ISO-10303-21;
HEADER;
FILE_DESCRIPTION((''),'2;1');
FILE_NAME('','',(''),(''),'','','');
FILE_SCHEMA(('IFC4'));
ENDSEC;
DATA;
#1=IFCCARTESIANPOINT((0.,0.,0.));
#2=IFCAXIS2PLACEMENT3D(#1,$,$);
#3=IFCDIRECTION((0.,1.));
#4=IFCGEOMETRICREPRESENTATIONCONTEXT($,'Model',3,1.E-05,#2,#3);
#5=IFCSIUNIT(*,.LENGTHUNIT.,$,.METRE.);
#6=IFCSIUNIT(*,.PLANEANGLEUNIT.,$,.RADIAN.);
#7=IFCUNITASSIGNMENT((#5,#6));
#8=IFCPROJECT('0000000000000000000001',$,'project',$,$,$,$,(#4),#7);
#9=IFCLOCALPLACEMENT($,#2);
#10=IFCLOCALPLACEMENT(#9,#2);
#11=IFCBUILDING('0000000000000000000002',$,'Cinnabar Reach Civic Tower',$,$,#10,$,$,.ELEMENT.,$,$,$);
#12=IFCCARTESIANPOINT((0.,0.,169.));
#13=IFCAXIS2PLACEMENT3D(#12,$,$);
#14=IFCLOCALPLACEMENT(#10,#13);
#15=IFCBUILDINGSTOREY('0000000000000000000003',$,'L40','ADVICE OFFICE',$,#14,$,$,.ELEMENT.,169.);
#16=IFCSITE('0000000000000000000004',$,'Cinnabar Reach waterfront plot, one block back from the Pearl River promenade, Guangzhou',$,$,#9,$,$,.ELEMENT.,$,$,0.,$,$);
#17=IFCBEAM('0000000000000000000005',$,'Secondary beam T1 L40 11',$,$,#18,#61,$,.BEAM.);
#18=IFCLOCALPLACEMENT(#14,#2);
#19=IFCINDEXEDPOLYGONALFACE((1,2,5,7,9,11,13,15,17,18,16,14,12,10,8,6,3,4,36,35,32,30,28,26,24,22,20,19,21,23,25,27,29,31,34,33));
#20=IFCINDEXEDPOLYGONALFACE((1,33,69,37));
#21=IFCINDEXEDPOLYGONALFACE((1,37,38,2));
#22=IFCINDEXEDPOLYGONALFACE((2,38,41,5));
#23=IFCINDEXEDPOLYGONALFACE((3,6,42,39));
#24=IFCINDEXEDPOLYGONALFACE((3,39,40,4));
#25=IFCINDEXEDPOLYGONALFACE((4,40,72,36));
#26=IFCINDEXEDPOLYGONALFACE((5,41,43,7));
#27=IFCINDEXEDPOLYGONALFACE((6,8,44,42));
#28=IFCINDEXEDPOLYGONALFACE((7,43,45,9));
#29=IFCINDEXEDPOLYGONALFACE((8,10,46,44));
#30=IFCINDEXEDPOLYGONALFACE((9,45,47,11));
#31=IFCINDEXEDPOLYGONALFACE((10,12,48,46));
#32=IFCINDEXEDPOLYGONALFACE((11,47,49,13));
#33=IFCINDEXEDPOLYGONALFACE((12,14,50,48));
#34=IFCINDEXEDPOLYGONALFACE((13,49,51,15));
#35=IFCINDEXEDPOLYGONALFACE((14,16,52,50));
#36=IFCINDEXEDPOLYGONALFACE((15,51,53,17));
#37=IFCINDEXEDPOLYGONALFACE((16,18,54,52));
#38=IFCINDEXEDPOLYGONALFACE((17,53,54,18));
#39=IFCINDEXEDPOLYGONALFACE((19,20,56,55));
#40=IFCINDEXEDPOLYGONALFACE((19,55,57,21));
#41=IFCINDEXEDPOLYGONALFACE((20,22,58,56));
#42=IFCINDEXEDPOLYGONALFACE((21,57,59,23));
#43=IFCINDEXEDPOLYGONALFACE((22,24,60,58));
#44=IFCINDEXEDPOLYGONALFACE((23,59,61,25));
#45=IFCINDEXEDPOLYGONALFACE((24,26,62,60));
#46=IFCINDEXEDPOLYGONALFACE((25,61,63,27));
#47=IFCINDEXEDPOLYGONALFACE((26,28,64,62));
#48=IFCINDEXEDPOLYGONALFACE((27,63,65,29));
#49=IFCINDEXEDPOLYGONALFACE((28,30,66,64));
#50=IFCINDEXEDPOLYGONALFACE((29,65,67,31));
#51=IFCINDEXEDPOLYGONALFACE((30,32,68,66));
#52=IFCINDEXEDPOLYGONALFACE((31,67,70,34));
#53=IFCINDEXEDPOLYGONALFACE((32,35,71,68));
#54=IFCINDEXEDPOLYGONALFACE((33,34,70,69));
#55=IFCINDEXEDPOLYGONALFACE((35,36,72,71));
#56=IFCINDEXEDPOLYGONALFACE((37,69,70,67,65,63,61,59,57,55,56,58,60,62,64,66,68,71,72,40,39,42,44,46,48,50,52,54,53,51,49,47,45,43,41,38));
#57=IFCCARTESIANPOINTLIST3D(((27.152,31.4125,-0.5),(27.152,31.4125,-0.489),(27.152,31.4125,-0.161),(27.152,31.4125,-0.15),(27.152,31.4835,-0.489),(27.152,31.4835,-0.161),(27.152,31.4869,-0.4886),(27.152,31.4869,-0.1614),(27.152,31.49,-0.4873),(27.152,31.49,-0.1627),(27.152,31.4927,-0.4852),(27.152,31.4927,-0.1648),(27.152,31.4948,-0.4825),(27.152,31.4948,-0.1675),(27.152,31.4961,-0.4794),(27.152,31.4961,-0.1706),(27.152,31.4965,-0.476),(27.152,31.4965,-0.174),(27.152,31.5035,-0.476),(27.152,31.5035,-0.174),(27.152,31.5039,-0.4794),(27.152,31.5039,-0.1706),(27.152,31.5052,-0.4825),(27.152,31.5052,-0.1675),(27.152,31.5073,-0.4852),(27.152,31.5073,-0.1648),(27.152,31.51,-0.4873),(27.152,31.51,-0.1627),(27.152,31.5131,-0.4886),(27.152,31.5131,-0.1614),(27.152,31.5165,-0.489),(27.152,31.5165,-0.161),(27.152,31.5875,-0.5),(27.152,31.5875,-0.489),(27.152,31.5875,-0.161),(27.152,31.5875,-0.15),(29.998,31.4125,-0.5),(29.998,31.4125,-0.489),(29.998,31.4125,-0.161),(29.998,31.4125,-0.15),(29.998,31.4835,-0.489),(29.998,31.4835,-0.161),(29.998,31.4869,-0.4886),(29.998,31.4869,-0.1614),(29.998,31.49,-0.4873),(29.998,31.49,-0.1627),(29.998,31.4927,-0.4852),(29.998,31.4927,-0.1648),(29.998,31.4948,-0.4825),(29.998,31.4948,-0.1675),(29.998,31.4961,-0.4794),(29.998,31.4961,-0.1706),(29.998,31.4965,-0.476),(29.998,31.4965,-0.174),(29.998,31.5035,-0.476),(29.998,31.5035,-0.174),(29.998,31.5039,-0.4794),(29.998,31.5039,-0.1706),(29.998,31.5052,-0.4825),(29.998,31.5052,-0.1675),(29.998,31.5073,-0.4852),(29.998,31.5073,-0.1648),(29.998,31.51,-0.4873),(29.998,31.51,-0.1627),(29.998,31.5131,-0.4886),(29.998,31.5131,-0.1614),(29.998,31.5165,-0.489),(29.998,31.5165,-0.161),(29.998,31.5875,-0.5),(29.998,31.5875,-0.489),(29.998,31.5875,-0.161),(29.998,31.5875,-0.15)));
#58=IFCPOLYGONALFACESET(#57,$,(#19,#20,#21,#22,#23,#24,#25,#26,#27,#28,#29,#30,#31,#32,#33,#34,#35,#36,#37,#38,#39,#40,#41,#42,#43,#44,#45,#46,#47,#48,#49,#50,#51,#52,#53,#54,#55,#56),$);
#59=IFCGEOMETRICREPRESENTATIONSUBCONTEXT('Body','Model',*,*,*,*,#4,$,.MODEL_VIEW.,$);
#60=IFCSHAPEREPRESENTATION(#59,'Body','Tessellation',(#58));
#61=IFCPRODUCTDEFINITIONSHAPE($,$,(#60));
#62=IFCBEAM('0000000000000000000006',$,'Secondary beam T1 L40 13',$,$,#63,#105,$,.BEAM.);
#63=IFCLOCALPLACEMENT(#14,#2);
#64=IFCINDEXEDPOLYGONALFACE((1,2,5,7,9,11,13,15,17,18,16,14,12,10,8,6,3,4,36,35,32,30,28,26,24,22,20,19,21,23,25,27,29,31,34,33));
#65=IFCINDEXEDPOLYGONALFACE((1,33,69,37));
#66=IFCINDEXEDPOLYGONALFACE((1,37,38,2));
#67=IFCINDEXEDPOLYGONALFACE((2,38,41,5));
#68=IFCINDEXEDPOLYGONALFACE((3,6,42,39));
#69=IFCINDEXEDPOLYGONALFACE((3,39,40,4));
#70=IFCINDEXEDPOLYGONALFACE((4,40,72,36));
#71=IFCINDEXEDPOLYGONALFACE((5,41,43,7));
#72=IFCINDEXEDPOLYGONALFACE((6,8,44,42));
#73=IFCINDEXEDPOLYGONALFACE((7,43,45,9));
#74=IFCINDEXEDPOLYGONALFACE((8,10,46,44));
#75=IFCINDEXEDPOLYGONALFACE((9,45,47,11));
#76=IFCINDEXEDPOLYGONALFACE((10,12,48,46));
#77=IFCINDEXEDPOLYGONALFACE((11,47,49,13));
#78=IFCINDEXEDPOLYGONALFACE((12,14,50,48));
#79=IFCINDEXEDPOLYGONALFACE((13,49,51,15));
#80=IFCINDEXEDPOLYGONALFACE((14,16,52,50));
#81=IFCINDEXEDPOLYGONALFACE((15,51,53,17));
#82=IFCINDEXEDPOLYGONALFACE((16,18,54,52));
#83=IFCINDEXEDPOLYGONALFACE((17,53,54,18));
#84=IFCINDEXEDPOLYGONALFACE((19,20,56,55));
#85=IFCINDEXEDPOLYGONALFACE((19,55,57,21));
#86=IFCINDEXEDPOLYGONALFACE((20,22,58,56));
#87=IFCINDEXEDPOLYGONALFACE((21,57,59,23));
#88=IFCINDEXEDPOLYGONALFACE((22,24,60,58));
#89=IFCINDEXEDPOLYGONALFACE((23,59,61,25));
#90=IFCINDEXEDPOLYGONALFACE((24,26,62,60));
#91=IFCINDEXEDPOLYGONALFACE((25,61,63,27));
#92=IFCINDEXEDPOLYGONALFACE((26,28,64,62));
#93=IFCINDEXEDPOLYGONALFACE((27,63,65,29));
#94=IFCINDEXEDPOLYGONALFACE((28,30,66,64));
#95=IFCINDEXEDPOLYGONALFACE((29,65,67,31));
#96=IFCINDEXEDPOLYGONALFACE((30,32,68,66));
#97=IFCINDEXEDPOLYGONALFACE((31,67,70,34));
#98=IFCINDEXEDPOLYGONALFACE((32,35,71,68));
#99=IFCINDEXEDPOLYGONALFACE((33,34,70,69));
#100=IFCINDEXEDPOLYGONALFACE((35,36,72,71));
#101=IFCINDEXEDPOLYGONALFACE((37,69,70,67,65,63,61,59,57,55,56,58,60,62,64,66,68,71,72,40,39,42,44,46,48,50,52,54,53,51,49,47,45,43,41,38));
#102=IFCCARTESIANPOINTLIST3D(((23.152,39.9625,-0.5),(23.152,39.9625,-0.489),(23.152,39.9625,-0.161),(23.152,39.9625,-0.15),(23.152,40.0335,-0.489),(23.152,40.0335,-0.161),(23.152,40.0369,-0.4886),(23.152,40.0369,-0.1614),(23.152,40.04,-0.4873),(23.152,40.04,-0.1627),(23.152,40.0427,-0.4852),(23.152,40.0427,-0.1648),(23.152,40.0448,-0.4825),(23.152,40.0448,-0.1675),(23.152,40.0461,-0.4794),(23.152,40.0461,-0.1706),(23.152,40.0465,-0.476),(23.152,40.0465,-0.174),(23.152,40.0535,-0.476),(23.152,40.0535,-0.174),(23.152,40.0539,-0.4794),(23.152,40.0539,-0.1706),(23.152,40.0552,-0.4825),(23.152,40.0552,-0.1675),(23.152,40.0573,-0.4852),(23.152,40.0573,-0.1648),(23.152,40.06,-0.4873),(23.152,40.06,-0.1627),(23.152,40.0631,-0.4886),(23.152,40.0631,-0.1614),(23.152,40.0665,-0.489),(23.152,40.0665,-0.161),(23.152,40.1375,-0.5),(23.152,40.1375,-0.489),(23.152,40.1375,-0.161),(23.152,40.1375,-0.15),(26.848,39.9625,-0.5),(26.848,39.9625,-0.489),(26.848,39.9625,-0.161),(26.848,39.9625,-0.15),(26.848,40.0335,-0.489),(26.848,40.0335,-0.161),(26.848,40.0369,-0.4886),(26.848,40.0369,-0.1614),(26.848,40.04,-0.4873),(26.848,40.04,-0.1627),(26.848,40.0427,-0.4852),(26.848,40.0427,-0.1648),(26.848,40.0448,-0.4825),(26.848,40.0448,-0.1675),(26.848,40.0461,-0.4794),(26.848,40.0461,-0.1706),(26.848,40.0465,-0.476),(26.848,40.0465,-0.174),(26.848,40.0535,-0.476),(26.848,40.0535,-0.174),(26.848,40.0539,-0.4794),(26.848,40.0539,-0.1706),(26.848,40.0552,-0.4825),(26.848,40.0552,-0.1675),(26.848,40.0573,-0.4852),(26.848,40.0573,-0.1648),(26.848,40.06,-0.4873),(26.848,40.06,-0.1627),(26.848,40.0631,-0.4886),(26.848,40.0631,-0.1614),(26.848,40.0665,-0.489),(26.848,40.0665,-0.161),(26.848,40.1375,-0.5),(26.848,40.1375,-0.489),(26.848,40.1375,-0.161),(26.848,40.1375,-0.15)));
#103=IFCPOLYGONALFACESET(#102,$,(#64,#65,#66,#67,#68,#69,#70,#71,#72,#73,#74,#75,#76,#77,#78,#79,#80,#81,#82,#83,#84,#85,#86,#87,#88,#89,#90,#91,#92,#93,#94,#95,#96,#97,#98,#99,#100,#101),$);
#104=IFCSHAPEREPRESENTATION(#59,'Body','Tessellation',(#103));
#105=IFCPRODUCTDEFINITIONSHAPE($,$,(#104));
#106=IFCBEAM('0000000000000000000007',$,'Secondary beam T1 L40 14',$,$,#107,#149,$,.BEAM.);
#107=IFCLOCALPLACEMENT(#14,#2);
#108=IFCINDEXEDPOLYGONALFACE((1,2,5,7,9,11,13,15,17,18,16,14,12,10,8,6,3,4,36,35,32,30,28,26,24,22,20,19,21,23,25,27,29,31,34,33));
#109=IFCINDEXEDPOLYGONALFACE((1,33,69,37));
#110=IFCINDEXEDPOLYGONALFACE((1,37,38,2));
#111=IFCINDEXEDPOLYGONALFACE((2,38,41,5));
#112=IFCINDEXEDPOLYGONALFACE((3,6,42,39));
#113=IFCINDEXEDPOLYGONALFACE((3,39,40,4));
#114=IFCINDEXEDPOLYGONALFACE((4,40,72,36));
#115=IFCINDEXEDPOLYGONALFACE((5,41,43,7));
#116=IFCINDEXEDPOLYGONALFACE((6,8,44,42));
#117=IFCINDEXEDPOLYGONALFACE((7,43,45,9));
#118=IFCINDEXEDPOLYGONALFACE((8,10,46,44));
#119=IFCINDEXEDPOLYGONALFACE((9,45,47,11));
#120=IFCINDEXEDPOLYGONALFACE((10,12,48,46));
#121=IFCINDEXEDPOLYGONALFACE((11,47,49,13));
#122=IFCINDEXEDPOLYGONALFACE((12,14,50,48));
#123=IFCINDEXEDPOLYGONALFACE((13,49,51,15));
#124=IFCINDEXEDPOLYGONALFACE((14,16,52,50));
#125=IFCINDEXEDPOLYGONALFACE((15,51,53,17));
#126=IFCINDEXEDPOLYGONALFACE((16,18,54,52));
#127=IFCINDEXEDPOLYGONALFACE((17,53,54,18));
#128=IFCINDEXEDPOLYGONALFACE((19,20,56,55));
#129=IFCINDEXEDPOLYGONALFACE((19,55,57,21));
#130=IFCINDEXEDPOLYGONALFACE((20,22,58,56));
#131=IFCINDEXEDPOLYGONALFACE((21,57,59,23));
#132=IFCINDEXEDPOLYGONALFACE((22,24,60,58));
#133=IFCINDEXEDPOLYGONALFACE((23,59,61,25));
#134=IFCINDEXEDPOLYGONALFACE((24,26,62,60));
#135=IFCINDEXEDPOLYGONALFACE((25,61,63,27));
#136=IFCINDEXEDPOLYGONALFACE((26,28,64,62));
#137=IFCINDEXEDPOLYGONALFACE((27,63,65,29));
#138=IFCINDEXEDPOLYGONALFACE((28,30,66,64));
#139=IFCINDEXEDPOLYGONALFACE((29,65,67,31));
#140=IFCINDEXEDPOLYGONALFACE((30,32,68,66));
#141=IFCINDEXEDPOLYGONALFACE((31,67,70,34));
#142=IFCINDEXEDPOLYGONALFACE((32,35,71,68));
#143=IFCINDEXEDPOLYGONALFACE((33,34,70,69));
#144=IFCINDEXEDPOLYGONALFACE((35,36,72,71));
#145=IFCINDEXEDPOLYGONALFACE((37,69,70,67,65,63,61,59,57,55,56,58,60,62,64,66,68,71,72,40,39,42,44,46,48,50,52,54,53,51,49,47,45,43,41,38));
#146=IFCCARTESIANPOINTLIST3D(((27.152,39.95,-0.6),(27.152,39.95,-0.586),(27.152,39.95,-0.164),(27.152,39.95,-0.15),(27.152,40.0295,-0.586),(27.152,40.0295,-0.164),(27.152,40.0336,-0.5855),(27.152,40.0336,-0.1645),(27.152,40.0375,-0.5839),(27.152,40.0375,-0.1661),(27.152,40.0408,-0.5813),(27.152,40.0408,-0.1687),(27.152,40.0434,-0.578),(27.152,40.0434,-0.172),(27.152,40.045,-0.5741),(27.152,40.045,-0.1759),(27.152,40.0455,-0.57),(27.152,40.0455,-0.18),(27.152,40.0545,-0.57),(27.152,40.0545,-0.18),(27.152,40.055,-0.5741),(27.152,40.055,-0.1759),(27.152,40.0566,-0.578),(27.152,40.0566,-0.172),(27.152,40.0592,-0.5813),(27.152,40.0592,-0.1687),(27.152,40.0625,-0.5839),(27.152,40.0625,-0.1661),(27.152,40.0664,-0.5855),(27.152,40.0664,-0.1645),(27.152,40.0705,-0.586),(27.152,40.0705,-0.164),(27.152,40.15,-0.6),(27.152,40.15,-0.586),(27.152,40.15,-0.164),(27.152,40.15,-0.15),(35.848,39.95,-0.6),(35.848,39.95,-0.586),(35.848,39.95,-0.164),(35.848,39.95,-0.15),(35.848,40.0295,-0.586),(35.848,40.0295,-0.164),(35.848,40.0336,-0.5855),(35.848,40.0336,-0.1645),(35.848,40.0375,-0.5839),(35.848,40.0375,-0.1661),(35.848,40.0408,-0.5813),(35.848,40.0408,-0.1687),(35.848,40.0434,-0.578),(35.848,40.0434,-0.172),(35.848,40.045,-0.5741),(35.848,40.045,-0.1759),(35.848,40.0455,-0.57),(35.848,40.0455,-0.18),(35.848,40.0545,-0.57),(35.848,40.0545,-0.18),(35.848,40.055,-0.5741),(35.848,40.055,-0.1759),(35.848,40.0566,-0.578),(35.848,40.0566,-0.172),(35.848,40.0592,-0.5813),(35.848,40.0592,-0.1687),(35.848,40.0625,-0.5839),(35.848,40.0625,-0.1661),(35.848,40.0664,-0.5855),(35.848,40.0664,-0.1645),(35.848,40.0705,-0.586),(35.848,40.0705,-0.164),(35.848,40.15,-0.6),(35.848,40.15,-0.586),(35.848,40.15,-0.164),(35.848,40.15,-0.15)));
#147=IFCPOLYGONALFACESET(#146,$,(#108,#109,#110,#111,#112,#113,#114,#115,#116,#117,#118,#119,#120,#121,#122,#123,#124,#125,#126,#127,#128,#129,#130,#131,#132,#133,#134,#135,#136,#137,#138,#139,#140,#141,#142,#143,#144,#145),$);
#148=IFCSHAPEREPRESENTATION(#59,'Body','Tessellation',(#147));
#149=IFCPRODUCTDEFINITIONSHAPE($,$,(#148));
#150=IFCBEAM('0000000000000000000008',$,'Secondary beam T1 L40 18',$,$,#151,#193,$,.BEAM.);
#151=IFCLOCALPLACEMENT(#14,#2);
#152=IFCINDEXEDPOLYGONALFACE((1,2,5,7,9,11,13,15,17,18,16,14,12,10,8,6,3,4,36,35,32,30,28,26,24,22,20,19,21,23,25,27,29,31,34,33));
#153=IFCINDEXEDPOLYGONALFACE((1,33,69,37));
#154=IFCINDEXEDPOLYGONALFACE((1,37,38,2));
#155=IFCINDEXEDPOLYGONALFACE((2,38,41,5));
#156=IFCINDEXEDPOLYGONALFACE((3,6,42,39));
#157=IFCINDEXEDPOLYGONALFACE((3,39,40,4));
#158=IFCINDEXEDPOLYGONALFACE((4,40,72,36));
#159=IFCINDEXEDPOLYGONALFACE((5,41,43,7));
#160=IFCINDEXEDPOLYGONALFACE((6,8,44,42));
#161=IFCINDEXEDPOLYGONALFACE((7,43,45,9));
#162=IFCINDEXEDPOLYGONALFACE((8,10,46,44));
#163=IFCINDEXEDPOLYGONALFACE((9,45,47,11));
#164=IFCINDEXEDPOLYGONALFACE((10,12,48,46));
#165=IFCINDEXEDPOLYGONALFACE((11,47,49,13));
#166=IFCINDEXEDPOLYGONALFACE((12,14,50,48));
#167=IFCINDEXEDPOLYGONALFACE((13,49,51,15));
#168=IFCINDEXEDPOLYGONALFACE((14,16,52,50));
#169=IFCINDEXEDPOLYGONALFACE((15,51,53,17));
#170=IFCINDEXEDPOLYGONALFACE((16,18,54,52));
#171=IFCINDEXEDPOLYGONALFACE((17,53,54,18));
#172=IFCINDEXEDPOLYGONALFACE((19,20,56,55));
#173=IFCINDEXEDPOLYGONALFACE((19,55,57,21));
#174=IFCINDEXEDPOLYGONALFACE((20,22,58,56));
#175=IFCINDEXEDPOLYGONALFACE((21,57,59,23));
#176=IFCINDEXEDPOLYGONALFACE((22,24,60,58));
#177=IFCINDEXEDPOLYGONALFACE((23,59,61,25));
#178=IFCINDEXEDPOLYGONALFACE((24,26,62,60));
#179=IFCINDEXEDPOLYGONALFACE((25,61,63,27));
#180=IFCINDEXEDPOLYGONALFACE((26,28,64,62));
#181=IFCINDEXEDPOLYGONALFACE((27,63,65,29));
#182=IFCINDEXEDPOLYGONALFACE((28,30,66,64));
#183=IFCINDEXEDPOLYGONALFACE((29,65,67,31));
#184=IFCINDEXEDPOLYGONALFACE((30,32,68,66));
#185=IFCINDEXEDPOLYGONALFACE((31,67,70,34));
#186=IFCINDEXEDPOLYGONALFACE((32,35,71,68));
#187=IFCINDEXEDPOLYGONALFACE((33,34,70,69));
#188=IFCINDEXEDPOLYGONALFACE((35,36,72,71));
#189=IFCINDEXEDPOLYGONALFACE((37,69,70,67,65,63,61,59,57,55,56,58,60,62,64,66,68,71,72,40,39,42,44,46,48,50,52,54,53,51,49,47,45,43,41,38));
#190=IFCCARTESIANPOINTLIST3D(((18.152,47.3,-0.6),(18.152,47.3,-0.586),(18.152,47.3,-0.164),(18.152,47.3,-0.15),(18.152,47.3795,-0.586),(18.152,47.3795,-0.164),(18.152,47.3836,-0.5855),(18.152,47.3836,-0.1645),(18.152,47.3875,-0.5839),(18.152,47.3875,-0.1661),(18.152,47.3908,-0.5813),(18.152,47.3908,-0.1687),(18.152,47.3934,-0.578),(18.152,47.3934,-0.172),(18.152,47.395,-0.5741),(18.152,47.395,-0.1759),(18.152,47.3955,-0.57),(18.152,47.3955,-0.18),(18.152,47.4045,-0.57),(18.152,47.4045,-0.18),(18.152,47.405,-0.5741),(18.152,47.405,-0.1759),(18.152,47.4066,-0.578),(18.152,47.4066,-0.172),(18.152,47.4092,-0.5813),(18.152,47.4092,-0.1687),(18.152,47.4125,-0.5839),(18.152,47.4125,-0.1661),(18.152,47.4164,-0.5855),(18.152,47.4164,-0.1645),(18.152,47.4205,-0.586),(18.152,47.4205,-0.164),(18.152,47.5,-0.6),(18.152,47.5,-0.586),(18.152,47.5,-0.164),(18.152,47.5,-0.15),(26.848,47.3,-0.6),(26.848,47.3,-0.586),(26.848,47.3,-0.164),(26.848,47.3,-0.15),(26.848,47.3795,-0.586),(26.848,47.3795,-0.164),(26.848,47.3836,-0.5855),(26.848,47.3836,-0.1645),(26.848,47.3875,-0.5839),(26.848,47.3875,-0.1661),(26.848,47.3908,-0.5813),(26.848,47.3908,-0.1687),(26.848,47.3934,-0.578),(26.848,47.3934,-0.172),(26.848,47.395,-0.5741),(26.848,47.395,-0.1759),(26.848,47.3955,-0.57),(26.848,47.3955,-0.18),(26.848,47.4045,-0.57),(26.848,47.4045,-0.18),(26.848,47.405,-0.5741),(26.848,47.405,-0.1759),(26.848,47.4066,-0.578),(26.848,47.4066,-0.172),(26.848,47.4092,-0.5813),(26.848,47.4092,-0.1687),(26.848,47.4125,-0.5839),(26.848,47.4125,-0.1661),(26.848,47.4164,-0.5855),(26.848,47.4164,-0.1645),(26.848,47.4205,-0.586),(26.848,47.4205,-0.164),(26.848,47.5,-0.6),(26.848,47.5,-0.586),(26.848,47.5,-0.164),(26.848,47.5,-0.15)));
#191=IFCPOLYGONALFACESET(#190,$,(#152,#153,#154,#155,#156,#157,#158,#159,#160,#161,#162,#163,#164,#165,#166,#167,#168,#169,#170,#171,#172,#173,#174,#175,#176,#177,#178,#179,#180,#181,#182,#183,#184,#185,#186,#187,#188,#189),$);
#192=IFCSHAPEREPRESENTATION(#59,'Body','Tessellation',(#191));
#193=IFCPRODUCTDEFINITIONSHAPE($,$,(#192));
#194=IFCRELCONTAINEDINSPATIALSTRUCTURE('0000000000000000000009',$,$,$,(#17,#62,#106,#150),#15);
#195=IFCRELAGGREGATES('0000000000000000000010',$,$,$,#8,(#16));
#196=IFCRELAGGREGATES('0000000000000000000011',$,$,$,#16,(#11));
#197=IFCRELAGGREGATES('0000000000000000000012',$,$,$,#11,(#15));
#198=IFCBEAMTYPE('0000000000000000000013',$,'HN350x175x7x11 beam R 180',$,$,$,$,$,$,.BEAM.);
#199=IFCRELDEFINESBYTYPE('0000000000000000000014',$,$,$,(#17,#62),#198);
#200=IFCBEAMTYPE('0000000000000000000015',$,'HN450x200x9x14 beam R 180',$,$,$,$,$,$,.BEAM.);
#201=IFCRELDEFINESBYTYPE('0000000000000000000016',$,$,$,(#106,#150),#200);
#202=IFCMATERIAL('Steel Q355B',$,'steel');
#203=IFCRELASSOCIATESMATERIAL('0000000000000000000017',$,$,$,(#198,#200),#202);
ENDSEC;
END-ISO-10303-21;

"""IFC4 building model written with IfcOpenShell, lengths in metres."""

from ifc_helpers import new_model, si_unit, direction, frame, origin, origin_2d, place, context, subcontext, project, spatial, i_section, extrude, material, material_profile, profile_set, type_object, element, save


model = new_model("IFC4")

# Units and contexts
model_context = context("Model", 3, precision=1e-05, world=origin(), true_north=direction((0.0, 1.0)))
body_context = subcontext(model_context, "Body", "Model", "MODEL_VIEW")
ifc_project = project(units=[si_unit("LENGTHUNIT", "METRE"), si_unit("PLANEANGLEUNIT", "RADIAN")], contexts=[model_context])

# Site, building, storey
site_placement = place(None, origin())
site = spatial("IfcSite", under=ifc_project, at=site_placement, Name="Cinnabar Reach waterfront plot, one block back from the Pearl River promenade, Guangzhou", CompositionType="ELEMENT", RefElevation=0.0)
building_placement = place(site_placement, origin())
building = spatial("IfcBuilding", under=site, at=building_placement, Name="Cinnabar Reach Civic Tower", CompositionType="ELEMENT")
storey_placement = place(building_placement, frame((0.0, 0.0, 169.0)))
storey = spatial("IfcBuildingStorey", under=building, at=storey_placement, Name="L40", Description="ADVICE OFFICE", CompositionType="ELEMENT", Elevation=169.0)

# Beams
ifc_material_1 = material(Name="Steel Q355B", Category="steel")
ifc_material_profile_1 = material_profile(ifc_material_1, i_section(OverallWidth=0.175, OverallDepth=0.35, WebThickness=0.007, FlangeThickness=0.011, FilletRadius=0.013, at=origin_2d()), Name="HN350x175x7x11")
ifc_profile_set_1 = profile_set([ifc_material_profile_1], Name="Steel Q355B")
beam_type_1 = type_object("IfcBeamType", Name="HN350x175x7x11 beam R 180", PredefinedType="BEAM", material=ifc_profile_set_1)
beam_1_placement = place(storey_placement, frame((27.152, 31.5, -0.325), z_axis=(1.0, 0.0, 0.0), x_axis=(0.0, 1.0, 0.0)))
element("IfcBeam", 1, at=beam_1_placement, inside=storey, type_object=beam_type_1, Name="Secondary beam T1 L40 11", PredefinedType="BEAM", context=body_context, shape_type="SweptSolid", body=[
    extrude(i_section(OverallWidth=0.175, OverallDepth=0.35, WebThickness=0.007, FlangeThickness=0.011, FilletRadius=0.013, at=origin_2d()), origin(), (0.0, 0.0, 1.0), 2.846),
])
beam_2_placement = place(storey_placement, frame((23.152, 40.05, -0.325), z_axis=(1.0, 0.0, 0.0), x_axis=(0.0, 1.0, 0.0)))
element("IfcBeam", 2, at=beam_2_placement, inside=storey, type_object=beam_type_1, Name="Secondary beam T1 L40 13", PredefinedType="BEAM", context=body_context, shape_type="SweptSolid", body=[
    extrude(i_section(OverallWidth=0.175, OverallDepth=0.35, WebThickness=0.007, FlangeThickness=0.011, FilletRadius=0.013, at=origin_2d()), origin(), (0.0, 0.0, 1.0), 3.696),
])
ifc_material_profile_2 = material_profile(ifc_material_1, i_section(OverallWidth=0.2, OverallDepth=0.45, WebThickness=0.009, FlangeThickness=0.014, FilletRadius=0.016, at=origin_2d()), Name="HN450x200x9x14")
ifc_profile_set_2 = profile_set([ifc_material_profile_2], Name="Steel Q355B")
beam_type_2 = type_object("IfcBeamType", Name="HN450x200x9x14 beam R 180", PredefinedType="BEAM", material=ifc_profile_set_2)
for number, where, z_axis, x_axis, name in (
    (3, (27.152, 40.05, -0.375), (1.0, 0.0, 0.0), (0.0, 1.0, 0.0), "Secondary beam T1 L40 14"),
    (4, (18.152, 47.4, -0.375), (1.0, 0.0, 0.0), (0.0, 1.0, 0.0), "Secondary beam T1 L40 18"),
):
    element("IfcBeam", number, at=place(storey_placement, frame(where, z_axis=z_axis, x_axis=x_axis)), inside=storey, type_object=beam_type_2, Name=name, PredefinedType="BEAM", context=body_context, shape_type="SweptSolid", body=[
        extrude(i_section(OverallWidth=0.2, OverallDepth=0.45, WebThickness=0.009, FlangeThickness=0.014, FilletRadius=0.016, at=origin_2d()), origin(), (0.0, 0.0, 1.0), 8.696),
    ])

save(model, "model.ifc")
